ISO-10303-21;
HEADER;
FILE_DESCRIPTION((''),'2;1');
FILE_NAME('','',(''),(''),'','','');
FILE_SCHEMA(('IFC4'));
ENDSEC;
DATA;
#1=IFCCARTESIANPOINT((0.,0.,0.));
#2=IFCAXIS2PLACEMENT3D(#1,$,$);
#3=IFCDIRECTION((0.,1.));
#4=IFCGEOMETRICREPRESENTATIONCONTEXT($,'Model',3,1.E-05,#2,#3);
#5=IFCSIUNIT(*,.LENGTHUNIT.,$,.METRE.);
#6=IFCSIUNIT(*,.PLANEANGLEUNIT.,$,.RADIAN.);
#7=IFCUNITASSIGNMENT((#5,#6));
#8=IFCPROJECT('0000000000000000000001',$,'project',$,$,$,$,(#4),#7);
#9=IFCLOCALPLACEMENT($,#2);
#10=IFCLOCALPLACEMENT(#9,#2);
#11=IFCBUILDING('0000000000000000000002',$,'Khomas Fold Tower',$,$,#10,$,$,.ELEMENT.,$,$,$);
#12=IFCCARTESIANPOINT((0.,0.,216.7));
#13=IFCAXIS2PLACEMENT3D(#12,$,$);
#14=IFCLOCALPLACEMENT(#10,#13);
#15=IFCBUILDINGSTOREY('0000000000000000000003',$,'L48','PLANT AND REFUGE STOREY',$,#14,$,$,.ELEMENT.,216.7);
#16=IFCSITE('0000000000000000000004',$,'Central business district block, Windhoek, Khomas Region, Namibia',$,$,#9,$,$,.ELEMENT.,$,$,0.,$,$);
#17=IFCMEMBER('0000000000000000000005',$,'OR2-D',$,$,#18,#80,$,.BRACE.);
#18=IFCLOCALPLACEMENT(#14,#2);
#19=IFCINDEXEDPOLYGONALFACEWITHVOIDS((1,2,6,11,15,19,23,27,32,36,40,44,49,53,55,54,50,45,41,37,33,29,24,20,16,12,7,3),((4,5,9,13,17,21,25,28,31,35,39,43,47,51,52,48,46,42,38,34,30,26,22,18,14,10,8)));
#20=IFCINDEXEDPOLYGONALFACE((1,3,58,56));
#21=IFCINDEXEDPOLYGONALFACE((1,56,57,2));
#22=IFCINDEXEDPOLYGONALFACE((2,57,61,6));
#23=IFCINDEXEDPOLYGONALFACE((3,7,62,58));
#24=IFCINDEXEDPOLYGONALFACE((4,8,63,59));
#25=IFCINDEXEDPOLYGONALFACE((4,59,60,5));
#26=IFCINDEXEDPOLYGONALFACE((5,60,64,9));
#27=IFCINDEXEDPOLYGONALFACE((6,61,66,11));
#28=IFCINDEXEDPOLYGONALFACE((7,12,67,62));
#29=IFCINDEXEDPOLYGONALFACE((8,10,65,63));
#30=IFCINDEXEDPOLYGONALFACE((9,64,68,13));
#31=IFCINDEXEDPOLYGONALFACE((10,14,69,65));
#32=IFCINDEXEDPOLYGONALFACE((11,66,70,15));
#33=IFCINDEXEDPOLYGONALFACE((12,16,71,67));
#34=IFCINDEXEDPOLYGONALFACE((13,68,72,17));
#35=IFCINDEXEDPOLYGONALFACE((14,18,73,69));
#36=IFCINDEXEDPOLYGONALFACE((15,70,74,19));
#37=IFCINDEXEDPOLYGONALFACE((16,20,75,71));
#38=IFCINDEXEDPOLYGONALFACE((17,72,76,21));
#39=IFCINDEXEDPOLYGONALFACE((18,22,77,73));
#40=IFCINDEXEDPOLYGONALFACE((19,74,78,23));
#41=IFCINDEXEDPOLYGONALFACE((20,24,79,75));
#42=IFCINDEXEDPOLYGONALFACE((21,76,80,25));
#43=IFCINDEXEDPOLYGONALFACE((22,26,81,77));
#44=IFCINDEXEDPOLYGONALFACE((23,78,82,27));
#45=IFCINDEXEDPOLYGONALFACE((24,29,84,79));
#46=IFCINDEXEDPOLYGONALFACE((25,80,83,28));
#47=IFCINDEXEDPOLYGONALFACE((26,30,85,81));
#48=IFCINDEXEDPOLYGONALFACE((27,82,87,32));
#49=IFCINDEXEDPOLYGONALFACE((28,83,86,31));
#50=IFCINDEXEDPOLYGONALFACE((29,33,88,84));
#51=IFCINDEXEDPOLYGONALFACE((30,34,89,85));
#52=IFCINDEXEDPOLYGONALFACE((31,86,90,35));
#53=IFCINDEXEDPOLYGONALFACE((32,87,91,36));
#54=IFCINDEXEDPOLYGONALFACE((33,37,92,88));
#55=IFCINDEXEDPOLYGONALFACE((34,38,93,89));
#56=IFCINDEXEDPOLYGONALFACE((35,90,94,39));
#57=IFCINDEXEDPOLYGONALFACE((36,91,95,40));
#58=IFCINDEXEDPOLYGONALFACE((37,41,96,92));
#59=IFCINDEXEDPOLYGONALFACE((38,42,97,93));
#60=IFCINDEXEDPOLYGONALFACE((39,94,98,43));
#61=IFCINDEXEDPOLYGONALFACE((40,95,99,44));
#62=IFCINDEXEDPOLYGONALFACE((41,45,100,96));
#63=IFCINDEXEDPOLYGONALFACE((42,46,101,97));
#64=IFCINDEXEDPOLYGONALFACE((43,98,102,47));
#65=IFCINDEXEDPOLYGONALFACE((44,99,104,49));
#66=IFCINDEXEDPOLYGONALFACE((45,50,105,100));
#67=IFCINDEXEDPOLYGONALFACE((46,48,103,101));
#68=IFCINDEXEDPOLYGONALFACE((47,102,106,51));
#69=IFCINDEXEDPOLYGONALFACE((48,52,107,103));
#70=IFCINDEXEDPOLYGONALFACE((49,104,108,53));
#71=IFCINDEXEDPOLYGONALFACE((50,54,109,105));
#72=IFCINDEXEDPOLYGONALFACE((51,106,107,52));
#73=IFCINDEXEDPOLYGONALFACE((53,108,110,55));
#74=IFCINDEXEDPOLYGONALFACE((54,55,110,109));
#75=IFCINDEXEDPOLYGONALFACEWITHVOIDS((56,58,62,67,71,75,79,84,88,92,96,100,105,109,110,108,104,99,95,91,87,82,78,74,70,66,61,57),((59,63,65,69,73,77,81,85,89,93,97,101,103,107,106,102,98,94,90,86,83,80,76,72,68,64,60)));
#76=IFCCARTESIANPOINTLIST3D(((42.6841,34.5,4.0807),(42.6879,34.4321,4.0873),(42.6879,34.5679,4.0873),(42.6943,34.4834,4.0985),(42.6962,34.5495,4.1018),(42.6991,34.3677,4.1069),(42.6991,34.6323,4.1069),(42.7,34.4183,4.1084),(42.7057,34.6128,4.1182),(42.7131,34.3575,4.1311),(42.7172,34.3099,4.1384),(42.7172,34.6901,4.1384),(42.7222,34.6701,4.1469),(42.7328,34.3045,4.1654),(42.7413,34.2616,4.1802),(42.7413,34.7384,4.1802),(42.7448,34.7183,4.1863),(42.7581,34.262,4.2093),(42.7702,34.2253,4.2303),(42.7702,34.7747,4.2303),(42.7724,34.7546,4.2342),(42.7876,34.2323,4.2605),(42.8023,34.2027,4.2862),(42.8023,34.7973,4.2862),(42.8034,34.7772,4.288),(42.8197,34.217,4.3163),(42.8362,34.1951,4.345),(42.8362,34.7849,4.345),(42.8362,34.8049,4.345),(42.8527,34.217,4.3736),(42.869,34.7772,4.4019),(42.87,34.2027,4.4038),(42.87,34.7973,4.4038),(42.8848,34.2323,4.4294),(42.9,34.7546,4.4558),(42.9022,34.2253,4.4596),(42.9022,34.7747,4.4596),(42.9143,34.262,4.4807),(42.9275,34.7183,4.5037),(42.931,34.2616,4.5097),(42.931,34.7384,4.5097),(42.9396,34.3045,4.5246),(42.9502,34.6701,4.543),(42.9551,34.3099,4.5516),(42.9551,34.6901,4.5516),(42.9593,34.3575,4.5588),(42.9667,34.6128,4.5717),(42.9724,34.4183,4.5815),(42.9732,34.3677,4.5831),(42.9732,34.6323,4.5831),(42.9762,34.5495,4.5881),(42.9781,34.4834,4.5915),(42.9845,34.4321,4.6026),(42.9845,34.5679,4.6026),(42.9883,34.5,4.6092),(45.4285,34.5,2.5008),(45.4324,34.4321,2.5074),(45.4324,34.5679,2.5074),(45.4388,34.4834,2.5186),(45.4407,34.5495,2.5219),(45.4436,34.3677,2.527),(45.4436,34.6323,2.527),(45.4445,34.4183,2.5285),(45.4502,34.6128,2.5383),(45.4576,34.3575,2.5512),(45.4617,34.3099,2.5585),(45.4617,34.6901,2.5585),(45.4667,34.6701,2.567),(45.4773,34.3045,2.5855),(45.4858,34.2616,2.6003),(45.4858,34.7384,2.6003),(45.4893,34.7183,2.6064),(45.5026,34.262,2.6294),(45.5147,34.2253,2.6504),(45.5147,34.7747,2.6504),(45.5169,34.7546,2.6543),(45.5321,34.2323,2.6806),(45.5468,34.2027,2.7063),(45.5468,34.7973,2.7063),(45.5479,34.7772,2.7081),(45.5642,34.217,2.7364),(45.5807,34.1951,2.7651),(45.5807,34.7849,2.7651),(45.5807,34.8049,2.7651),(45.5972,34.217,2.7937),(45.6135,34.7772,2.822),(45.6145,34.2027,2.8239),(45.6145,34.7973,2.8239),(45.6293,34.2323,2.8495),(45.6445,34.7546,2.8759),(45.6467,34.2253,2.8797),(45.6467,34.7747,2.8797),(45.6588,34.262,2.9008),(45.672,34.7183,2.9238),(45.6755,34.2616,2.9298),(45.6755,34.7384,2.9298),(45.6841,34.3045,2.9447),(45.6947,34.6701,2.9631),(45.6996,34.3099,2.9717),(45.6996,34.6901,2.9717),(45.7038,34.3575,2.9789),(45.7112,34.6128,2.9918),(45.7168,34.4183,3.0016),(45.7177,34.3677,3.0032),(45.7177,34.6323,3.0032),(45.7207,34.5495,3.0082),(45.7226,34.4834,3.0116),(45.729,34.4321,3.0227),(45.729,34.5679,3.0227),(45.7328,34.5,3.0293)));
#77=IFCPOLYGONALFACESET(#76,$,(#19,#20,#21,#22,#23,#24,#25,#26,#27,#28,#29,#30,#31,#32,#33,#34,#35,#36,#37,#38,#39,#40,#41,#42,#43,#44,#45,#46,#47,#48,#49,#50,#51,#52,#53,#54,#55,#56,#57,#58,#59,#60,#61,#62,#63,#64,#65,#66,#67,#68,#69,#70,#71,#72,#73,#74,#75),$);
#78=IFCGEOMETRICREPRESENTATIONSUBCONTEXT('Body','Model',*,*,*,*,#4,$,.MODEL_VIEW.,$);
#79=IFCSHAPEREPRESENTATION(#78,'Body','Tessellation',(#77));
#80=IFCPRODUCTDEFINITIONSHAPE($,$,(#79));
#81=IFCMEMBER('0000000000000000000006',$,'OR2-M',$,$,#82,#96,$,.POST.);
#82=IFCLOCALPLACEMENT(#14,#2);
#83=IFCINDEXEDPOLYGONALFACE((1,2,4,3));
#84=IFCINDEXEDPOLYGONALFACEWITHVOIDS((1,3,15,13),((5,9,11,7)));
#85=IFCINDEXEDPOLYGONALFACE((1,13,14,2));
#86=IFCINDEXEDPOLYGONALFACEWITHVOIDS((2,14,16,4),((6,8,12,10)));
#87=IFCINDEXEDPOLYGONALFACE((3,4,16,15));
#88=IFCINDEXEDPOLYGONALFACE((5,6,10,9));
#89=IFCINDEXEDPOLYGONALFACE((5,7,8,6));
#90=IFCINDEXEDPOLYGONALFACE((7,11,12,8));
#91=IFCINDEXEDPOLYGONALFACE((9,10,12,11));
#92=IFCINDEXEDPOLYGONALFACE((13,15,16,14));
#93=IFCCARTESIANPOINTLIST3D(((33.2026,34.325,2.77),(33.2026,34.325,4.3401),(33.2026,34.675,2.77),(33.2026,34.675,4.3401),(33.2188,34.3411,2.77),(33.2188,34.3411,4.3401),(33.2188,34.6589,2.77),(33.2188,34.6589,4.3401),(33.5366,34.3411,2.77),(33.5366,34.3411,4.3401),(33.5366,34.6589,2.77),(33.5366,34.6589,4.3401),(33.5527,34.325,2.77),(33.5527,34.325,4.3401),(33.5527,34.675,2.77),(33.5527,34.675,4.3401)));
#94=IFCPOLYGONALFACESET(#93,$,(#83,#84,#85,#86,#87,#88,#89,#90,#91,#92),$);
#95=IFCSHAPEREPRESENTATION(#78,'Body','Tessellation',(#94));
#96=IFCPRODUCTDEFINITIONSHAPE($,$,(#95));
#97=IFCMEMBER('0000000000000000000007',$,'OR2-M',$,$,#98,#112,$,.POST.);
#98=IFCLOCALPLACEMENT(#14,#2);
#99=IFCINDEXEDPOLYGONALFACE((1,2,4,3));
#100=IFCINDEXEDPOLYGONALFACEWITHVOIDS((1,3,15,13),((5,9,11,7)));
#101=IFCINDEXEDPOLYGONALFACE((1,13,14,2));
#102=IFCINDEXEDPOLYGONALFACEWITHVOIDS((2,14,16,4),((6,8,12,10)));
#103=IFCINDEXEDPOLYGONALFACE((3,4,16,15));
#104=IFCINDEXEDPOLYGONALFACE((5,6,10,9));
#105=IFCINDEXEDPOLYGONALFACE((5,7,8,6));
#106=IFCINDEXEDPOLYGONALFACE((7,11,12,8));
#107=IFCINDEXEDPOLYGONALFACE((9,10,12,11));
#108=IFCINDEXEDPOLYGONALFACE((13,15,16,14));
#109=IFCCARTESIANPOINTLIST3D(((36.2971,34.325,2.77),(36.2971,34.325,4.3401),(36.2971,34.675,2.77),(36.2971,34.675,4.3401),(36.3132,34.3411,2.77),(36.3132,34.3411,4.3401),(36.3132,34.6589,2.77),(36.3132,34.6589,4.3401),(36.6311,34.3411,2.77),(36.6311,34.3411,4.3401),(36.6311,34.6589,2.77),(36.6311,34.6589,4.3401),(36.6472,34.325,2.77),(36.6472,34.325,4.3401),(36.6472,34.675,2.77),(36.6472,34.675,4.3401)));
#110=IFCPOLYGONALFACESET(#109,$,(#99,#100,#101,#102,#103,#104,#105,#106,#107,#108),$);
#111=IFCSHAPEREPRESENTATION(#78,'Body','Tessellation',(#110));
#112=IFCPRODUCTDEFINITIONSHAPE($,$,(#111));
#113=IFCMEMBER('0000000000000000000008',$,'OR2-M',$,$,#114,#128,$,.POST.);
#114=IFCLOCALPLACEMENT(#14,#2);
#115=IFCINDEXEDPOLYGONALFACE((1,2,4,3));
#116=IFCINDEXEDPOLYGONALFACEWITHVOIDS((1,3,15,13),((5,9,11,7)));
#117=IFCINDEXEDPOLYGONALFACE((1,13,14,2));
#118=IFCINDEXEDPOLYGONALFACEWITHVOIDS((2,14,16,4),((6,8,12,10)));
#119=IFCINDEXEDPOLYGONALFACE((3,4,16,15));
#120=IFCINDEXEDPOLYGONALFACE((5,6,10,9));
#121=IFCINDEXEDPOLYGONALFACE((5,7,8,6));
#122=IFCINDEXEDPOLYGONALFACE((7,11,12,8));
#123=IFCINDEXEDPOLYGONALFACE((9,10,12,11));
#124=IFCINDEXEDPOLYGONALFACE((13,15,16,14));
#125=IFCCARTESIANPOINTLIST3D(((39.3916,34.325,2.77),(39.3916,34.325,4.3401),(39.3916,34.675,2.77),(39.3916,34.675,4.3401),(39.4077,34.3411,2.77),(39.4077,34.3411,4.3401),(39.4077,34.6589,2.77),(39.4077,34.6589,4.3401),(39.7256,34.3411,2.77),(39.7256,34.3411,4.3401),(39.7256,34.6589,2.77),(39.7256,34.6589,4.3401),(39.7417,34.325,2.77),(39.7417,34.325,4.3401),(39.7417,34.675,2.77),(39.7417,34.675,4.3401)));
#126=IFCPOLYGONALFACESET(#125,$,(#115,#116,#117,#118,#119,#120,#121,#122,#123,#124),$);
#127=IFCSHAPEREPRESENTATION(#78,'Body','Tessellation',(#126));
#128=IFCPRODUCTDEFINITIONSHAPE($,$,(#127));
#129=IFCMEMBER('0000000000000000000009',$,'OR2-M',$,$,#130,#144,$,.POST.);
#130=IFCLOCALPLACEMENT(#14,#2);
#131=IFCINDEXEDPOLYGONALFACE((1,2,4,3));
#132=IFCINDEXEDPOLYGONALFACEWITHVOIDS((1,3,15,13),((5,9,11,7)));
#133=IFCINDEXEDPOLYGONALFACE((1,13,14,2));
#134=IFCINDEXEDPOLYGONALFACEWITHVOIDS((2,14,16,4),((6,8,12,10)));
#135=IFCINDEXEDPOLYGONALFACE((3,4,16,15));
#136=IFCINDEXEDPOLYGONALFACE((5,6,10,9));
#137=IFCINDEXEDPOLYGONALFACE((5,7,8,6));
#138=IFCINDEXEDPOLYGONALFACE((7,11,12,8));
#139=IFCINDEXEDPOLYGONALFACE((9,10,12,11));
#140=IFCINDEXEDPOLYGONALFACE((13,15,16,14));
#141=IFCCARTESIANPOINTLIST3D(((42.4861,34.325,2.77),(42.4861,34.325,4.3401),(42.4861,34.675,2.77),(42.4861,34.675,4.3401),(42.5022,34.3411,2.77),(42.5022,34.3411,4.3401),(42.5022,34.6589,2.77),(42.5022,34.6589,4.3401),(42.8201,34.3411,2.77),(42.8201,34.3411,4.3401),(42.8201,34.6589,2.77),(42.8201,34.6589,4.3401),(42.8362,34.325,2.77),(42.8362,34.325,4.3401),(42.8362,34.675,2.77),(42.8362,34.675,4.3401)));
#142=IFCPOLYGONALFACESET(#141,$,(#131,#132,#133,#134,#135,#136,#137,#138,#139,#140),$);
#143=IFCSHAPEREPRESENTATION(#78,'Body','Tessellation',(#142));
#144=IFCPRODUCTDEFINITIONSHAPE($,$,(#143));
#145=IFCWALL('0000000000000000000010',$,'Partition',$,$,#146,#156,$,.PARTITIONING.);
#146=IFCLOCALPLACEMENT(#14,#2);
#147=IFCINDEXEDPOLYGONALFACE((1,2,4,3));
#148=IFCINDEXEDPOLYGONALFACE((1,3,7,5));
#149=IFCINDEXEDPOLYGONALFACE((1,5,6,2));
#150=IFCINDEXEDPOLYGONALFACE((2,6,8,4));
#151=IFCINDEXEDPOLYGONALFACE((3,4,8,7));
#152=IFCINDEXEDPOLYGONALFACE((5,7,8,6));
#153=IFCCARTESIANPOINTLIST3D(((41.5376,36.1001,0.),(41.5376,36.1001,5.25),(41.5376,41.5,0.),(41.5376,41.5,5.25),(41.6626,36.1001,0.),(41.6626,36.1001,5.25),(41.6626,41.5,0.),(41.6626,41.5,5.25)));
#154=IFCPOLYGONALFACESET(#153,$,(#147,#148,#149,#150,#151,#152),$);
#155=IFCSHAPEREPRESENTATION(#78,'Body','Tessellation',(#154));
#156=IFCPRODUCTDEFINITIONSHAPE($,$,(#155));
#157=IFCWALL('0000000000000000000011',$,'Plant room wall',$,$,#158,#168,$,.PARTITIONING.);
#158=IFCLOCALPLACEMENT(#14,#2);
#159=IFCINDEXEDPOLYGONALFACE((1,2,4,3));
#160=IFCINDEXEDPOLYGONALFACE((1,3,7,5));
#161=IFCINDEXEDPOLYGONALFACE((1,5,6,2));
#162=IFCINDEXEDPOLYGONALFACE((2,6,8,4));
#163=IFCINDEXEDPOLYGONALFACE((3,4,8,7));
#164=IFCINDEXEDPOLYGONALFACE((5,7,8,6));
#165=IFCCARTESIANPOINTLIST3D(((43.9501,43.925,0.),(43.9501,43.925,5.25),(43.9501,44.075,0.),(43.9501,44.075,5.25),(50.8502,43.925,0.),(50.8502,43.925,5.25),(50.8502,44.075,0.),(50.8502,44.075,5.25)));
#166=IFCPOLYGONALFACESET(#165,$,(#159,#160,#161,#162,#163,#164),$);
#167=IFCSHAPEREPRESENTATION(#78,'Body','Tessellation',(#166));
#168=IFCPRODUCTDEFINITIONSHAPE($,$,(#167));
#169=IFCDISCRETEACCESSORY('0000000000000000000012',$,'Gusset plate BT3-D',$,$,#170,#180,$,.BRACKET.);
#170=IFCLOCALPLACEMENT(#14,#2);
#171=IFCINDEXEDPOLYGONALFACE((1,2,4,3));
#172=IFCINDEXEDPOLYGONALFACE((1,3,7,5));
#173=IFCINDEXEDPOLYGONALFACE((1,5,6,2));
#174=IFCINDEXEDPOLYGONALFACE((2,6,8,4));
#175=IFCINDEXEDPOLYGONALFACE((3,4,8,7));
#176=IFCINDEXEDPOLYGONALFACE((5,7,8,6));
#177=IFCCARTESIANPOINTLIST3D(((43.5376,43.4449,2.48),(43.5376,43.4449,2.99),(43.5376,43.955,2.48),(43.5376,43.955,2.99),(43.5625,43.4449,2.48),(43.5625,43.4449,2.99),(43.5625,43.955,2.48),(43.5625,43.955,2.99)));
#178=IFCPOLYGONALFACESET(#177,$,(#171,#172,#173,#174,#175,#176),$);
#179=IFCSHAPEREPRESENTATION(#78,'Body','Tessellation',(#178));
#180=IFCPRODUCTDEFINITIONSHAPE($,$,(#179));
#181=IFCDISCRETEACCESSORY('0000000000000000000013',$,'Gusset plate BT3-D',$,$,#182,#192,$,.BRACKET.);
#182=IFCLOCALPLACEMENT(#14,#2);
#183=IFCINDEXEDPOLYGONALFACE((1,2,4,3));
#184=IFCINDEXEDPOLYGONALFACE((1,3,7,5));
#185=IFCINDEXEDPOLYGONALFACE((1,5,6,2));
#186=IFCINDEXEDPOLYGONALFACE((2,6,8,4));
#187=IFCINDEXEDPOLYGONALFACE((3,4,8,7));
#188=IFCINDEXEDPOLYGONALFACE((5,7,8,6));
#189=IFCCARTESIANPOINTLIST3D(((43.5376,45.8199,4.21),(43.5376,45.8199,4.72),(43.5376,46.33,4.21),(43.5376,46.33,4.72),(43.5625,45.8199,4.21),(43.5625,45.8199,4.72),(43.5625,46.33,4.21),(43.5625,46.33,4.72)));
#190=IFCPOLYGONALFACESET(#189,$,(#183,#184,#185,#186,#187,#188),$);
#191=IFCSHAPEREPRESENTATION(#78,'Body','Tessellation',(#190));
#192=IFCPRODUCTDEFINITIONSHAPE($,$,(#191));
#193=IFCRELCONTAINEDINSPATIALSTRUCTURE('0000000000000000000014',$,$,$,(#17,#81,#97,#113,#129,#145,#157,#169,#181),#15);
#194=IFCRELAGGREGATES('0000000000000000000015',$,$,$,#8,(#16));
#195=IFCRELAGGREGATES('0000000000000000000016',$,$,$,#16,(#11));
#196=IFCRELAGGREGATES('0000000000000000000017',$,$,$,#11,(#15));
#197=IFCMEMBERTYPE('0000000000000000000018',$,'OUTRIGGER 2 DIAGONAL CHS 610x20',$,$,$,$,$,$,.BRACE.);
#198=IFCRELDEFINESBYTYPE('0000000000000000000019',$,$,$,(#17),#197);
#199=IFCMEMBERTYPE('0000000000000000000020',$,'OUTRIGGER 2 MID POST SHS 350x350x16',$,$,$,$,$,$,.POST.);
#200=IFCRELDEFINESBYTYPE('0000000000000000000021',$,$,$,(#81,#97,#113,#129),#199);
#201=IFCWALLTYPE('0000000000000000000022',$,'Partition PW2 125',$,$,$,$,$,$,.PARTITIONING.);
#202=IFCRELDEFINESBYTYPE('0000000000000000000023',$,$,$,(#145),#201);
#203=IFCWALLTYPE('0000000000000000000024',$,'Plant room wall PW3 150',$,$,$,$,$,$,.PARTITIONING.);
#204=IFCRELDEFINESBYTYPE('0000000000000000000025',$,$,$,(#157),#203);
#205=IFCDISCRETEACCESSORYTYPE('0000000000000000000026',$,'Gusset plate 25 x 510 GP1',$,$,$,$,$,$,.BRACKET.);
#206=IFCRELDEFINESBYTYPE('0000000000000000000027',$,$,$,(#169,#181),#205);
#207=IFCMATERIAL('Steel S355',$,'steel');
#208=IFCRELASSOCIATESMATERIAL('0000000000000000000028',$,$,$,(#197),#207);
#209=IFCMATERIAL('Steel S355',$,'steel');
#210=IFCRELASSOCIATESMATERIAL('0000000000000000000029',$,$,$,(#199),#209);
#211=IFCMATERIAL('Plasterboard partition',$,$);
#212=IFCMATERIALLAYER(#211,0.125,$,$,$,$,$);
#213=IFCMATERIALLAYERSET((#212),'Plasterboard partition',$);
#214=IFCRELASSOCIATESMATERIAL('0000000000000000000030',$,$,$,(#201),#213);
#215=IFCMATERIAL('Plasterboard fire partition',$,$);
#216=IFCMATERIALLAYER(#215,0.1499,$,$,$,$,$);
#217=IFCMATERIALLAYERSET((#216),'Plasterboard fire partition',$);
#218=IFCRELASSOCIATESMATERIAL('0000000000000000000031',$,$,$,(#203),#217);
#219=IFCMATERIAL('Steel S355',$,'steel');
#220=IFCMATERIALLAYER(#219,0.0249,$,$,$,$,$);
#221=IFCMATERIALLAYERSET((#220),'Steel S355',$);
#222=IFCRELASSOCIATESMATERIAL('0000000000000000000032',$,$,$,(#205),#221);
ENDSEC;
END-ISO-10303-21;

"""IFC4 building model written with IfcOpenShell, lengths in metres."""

from ifc_helpers import new_model, si_unit, direction, frame, frame_2d, origin, origin_2d, place, context, subcontext, project, spatial, rectangle, hollow_rectangle, hollow_circle, extrude, source, transform, mapped, material, layer, layer_set, material_profile, profile_set, type_object, element, save


model = new_model("IFC4")

# Units and contexts
model_context = context("Model", 3, precision=1e-05, world=origin(), true_north=direction((0.0, 1.0)))
body_context = subcontext(model_context, "Body", "Model", "MODEL_VIEW")
ifc_project = project(units=[si_unit("LENGTHUNIT", "METRE"), si_unit("PLANEANGLEUNIT", "RADIAN")], contexts=[model_context])

# Site, building, storey
site_placement = place(None, origin())
site = spatial("IfcSite", under=ifc_project, at=site_placement, Name="Central business district block, Windhoek, Khomas Region, Namibia", CompositionType="ELEMENT", RefElevation=0.0)
building_placement = place(site_placement, origin())
building = spatial("IfcBuilding", under=site, at=building_placement, Name="Khomas Fold Tower", CompositionType="ELEMENT")
storey_placement = place(building_placement, frame((0.0, 0.0, 216.7)))
storey = spatial("IfcBuildingStorey", under=building, at=storey_placement, Name="L48", Description="PLANT AND REFUGE STOREY", CompositionType="ELEMENT", Elevation=216.7)

# Members
ifc_material_1 = material(Name="Steel S355", Category="steel")
ifc_material_profile_1 = material_profile(ifc_material_1, hollow_circle(Radius=0.3049, WallThickness=0.02, at=origin_2d()), Name="CHS 610x20")
ifc_profile_set_1 = profile_set([ifc_material_profile_1], Name="Steel S355")
member_type_1 = type_object("IfcMemberType", Name="OUTRIGGER 2 DIAGONAL CHS 610x20", PredefinedType="BRACE", material=ifc_profile_set_1)
shared_shape_1 = source(origin(), body_context, "Body", "SweptSolid", [
    extrude(hollow_circle(Radius=0.3049, WallThickness=0.02, at=origin_2d()), origin(), (0.0, 0.0, 1.0), 3.1667),
])
for number, where, z_axis, x_axis, name in (
    (1, (42.8362, 34.5, 4.345), (0.866659, 0.0, -0.498901), (0.0, 1.0, 0.0), "OR2-D"),
):
    element("IfcMember", number, at=place(storey_placement, frame(where, z_axis=z_axis, x_axis=x_axis)), inside=storey, type_object=member_type_1, Name=name, PredefinedType="BRACE", context=body_context, shape_type="MappedRepresentation", body=[
        mapped(shared_shape_1, transform((0.0, 0.0, 0.0))),
    ])
ifc_material_2 = material(Name="Steel S355", Category="steel")
ifc_material_profile_2 = material_profile(ifc_material_2, hollow_rectangle(XDim=0.3501, YDim=0.3501, WallThickness=0.0161, at=origin_2d()), Name="SHS 350x350x16")
ifc_profile_set_2 = profile_set([ifc_material_profile_2], Name="Steel S355")
member_type_2 = type_object("IfcMemberType", Name="OUTRIGGER 2 MID POST SHS 350x350x16", PredefinedType="POST", material=ifc_profile_set_2)
shared_shape_2 = source(origin(), body_context, "Body", "SweptSolid", [
    extrude(hollow_rectangle(XDim=0.3501, YDim=0.3501, WallThickness=0.0161, at=origin_2d()), origin(), (0.0, 0.0, 1.0), 1.5701),
])
for number, where, z_axis, x_axis, name in (
    (2, (33.3777, 34.5, 2.77), (0.0, 0.0, 1.0), (1.0, 0.0, 0.0), "OR2-M"),
    (3, (36.4722, 34.5, 2.77), (0.0, 0.0, 1.0), (1.0, 0.0, 0.0), "OR2-M"),
    (4, (39.5667, 34.5, 2.77), (0.0, 0.0, 1.0), (1.0, 0.0, 0.0), "OR2-M"),
    (5, (42.6611, 34.5, 2.77), (0.0, 0.0, 1.0), (1.0, 0.0, 0.0), "OR2-M"),
):
    element("IfcMember", number, at=place(storey_placement, frame(where, z_axis=z_axis, x_axis=x_axis)), inside=storey, type_object=member_type_2, Name=name, PredefinedType="POST", context=body_context, shape_type="MappedRepresentation", body=[
        mapped(shared_shape_2, transform((0.0, 0.0, 0.0))),
    ])

# Walls
ifc_material_3 = material(Name="Plasterboard partition")
ifc_layer_1 = layer(ifc_material_3, 0.125)
ifc_layer_set_1 = layer_set([ifc_layer_1], Name="Plasterboard partition")
wall_type_1 = type_object("IfcWallType", Name="Partition PW2 125", PredefinedType="PARTITIONING", material=ifc_layer_set_1)
shared_shape_3 = source(origin(), body_context, "Body", "SweptSolid", [
    extrude(rectangle(XDim=5.3999, YDim=0.125, at=frame_2d((2.7, 0.0))), origin(), (0.0, 0.0, 1.0), 5.25),
])
wall_1_placement = place(storey_placement, frame((41.6001, 36.1001, 0.0), z_axis=(0.0, 0.0, 1.0), x_axis=(0.0, 1.0, 0.0)))
element("IfcWall", 6, at=wall_1_placement, inside=storey, type_object=wall_type_1, Name="Partition", PredefinedType="PARTITIONING", context=body_context, shape_type="MappedRepresentation", body=[
    mapped(shared_shape_3, transform((0.0, 0.0, 0.0))),
])
ifc_material_4 = material(Name="Plasterboard fire partition")
ifc_layer_2 = layer(ifc_material_4, 0.1499)
ifc_layer_set_2 = layer_set([ifc_layer_2], Name="Plasterboard fire partition")
wall_type_2 = type_object("IfcWallType", Name="Plant room wall PW3 150", PredefinedType="PARTITIONING", material=ifc_layer_set_2)
shared_shape_4 = source(origin(), body_context, "Body", "SweptSolid", [
    extrude(rectangle(XDim=6.9001, YDim=0.1499, at=frame_2d((3.4502, 0.0))), origin(), (0.0, 0.0, 1.0), 5.25),
])
wall_2_placement = place(storey_placement, frame((43.95, 44.0, 0.0), z_axis=(0.0, 0.0, 1.0), x_axis=(1.0, 0.0, 0.0)))
element("IfcWall", 7, at=wall_2_placement, inside=storey, type_object=wall_type_2, Name="Plant room wall", PredefinedType="PARTITIONING", context=body_context, shape_type="MappedRepresentation", body=[
    mapped(shared_shape_4, transform((0.0, 0.0, 0.0))),
])

# Discrete accessories
ifc_material_5 = material(Name="Steel S355", Category="steel")
ifc_layer_3 = layer(ifc_material_5, 0.0249)
ifc_layer_set_3 = layer_set([ifc_layer_3], Name="Steel S355")
discrete_accessory_type_1 = type_object("IfcDiscreteAccessoryType", Name="Gusset plate 25 x 510 GP1", PredefinedType="BRACKET", material=ifc_layer_set_3)
shared_shape_5 = source(origin(), body_context, "Body", "SweptSolid", [
    extrude(rectangle(XDim=0.51, YDim=0.0249, at=origin_2d()), origin(), (0.0, 0.0, 1.0), 0.51),
])
for number, where, z_axis, x_axis, name in (
    (8, (43.55, 43.7, 2.48), (0.0, 0.0, 1.0), (0.0, 1.0, 0.0), "Gusset plate BT3-D"),
    (9, (43.55, 46.075, 4.21), (0.0, 0.0, 1.0), (0.0, 1.0, 0.0), "Gusset plate BT3-D"),
):
    element("IfcDiscreteAccessory", number, at=place(storey_placement, frame(where, z_axis=z_axis, x_axis=x_axis)), inside=storey, type_object=discrete_accessory_type_1, Name=name, PredefinedType="BRACKET", context=body_context, shape_type="MappedRepresentation", body=[
        mapped(shared_shape_5, transform((0.0, 0.0, 0.0))),
    ])

save(model, "model.ifc")
